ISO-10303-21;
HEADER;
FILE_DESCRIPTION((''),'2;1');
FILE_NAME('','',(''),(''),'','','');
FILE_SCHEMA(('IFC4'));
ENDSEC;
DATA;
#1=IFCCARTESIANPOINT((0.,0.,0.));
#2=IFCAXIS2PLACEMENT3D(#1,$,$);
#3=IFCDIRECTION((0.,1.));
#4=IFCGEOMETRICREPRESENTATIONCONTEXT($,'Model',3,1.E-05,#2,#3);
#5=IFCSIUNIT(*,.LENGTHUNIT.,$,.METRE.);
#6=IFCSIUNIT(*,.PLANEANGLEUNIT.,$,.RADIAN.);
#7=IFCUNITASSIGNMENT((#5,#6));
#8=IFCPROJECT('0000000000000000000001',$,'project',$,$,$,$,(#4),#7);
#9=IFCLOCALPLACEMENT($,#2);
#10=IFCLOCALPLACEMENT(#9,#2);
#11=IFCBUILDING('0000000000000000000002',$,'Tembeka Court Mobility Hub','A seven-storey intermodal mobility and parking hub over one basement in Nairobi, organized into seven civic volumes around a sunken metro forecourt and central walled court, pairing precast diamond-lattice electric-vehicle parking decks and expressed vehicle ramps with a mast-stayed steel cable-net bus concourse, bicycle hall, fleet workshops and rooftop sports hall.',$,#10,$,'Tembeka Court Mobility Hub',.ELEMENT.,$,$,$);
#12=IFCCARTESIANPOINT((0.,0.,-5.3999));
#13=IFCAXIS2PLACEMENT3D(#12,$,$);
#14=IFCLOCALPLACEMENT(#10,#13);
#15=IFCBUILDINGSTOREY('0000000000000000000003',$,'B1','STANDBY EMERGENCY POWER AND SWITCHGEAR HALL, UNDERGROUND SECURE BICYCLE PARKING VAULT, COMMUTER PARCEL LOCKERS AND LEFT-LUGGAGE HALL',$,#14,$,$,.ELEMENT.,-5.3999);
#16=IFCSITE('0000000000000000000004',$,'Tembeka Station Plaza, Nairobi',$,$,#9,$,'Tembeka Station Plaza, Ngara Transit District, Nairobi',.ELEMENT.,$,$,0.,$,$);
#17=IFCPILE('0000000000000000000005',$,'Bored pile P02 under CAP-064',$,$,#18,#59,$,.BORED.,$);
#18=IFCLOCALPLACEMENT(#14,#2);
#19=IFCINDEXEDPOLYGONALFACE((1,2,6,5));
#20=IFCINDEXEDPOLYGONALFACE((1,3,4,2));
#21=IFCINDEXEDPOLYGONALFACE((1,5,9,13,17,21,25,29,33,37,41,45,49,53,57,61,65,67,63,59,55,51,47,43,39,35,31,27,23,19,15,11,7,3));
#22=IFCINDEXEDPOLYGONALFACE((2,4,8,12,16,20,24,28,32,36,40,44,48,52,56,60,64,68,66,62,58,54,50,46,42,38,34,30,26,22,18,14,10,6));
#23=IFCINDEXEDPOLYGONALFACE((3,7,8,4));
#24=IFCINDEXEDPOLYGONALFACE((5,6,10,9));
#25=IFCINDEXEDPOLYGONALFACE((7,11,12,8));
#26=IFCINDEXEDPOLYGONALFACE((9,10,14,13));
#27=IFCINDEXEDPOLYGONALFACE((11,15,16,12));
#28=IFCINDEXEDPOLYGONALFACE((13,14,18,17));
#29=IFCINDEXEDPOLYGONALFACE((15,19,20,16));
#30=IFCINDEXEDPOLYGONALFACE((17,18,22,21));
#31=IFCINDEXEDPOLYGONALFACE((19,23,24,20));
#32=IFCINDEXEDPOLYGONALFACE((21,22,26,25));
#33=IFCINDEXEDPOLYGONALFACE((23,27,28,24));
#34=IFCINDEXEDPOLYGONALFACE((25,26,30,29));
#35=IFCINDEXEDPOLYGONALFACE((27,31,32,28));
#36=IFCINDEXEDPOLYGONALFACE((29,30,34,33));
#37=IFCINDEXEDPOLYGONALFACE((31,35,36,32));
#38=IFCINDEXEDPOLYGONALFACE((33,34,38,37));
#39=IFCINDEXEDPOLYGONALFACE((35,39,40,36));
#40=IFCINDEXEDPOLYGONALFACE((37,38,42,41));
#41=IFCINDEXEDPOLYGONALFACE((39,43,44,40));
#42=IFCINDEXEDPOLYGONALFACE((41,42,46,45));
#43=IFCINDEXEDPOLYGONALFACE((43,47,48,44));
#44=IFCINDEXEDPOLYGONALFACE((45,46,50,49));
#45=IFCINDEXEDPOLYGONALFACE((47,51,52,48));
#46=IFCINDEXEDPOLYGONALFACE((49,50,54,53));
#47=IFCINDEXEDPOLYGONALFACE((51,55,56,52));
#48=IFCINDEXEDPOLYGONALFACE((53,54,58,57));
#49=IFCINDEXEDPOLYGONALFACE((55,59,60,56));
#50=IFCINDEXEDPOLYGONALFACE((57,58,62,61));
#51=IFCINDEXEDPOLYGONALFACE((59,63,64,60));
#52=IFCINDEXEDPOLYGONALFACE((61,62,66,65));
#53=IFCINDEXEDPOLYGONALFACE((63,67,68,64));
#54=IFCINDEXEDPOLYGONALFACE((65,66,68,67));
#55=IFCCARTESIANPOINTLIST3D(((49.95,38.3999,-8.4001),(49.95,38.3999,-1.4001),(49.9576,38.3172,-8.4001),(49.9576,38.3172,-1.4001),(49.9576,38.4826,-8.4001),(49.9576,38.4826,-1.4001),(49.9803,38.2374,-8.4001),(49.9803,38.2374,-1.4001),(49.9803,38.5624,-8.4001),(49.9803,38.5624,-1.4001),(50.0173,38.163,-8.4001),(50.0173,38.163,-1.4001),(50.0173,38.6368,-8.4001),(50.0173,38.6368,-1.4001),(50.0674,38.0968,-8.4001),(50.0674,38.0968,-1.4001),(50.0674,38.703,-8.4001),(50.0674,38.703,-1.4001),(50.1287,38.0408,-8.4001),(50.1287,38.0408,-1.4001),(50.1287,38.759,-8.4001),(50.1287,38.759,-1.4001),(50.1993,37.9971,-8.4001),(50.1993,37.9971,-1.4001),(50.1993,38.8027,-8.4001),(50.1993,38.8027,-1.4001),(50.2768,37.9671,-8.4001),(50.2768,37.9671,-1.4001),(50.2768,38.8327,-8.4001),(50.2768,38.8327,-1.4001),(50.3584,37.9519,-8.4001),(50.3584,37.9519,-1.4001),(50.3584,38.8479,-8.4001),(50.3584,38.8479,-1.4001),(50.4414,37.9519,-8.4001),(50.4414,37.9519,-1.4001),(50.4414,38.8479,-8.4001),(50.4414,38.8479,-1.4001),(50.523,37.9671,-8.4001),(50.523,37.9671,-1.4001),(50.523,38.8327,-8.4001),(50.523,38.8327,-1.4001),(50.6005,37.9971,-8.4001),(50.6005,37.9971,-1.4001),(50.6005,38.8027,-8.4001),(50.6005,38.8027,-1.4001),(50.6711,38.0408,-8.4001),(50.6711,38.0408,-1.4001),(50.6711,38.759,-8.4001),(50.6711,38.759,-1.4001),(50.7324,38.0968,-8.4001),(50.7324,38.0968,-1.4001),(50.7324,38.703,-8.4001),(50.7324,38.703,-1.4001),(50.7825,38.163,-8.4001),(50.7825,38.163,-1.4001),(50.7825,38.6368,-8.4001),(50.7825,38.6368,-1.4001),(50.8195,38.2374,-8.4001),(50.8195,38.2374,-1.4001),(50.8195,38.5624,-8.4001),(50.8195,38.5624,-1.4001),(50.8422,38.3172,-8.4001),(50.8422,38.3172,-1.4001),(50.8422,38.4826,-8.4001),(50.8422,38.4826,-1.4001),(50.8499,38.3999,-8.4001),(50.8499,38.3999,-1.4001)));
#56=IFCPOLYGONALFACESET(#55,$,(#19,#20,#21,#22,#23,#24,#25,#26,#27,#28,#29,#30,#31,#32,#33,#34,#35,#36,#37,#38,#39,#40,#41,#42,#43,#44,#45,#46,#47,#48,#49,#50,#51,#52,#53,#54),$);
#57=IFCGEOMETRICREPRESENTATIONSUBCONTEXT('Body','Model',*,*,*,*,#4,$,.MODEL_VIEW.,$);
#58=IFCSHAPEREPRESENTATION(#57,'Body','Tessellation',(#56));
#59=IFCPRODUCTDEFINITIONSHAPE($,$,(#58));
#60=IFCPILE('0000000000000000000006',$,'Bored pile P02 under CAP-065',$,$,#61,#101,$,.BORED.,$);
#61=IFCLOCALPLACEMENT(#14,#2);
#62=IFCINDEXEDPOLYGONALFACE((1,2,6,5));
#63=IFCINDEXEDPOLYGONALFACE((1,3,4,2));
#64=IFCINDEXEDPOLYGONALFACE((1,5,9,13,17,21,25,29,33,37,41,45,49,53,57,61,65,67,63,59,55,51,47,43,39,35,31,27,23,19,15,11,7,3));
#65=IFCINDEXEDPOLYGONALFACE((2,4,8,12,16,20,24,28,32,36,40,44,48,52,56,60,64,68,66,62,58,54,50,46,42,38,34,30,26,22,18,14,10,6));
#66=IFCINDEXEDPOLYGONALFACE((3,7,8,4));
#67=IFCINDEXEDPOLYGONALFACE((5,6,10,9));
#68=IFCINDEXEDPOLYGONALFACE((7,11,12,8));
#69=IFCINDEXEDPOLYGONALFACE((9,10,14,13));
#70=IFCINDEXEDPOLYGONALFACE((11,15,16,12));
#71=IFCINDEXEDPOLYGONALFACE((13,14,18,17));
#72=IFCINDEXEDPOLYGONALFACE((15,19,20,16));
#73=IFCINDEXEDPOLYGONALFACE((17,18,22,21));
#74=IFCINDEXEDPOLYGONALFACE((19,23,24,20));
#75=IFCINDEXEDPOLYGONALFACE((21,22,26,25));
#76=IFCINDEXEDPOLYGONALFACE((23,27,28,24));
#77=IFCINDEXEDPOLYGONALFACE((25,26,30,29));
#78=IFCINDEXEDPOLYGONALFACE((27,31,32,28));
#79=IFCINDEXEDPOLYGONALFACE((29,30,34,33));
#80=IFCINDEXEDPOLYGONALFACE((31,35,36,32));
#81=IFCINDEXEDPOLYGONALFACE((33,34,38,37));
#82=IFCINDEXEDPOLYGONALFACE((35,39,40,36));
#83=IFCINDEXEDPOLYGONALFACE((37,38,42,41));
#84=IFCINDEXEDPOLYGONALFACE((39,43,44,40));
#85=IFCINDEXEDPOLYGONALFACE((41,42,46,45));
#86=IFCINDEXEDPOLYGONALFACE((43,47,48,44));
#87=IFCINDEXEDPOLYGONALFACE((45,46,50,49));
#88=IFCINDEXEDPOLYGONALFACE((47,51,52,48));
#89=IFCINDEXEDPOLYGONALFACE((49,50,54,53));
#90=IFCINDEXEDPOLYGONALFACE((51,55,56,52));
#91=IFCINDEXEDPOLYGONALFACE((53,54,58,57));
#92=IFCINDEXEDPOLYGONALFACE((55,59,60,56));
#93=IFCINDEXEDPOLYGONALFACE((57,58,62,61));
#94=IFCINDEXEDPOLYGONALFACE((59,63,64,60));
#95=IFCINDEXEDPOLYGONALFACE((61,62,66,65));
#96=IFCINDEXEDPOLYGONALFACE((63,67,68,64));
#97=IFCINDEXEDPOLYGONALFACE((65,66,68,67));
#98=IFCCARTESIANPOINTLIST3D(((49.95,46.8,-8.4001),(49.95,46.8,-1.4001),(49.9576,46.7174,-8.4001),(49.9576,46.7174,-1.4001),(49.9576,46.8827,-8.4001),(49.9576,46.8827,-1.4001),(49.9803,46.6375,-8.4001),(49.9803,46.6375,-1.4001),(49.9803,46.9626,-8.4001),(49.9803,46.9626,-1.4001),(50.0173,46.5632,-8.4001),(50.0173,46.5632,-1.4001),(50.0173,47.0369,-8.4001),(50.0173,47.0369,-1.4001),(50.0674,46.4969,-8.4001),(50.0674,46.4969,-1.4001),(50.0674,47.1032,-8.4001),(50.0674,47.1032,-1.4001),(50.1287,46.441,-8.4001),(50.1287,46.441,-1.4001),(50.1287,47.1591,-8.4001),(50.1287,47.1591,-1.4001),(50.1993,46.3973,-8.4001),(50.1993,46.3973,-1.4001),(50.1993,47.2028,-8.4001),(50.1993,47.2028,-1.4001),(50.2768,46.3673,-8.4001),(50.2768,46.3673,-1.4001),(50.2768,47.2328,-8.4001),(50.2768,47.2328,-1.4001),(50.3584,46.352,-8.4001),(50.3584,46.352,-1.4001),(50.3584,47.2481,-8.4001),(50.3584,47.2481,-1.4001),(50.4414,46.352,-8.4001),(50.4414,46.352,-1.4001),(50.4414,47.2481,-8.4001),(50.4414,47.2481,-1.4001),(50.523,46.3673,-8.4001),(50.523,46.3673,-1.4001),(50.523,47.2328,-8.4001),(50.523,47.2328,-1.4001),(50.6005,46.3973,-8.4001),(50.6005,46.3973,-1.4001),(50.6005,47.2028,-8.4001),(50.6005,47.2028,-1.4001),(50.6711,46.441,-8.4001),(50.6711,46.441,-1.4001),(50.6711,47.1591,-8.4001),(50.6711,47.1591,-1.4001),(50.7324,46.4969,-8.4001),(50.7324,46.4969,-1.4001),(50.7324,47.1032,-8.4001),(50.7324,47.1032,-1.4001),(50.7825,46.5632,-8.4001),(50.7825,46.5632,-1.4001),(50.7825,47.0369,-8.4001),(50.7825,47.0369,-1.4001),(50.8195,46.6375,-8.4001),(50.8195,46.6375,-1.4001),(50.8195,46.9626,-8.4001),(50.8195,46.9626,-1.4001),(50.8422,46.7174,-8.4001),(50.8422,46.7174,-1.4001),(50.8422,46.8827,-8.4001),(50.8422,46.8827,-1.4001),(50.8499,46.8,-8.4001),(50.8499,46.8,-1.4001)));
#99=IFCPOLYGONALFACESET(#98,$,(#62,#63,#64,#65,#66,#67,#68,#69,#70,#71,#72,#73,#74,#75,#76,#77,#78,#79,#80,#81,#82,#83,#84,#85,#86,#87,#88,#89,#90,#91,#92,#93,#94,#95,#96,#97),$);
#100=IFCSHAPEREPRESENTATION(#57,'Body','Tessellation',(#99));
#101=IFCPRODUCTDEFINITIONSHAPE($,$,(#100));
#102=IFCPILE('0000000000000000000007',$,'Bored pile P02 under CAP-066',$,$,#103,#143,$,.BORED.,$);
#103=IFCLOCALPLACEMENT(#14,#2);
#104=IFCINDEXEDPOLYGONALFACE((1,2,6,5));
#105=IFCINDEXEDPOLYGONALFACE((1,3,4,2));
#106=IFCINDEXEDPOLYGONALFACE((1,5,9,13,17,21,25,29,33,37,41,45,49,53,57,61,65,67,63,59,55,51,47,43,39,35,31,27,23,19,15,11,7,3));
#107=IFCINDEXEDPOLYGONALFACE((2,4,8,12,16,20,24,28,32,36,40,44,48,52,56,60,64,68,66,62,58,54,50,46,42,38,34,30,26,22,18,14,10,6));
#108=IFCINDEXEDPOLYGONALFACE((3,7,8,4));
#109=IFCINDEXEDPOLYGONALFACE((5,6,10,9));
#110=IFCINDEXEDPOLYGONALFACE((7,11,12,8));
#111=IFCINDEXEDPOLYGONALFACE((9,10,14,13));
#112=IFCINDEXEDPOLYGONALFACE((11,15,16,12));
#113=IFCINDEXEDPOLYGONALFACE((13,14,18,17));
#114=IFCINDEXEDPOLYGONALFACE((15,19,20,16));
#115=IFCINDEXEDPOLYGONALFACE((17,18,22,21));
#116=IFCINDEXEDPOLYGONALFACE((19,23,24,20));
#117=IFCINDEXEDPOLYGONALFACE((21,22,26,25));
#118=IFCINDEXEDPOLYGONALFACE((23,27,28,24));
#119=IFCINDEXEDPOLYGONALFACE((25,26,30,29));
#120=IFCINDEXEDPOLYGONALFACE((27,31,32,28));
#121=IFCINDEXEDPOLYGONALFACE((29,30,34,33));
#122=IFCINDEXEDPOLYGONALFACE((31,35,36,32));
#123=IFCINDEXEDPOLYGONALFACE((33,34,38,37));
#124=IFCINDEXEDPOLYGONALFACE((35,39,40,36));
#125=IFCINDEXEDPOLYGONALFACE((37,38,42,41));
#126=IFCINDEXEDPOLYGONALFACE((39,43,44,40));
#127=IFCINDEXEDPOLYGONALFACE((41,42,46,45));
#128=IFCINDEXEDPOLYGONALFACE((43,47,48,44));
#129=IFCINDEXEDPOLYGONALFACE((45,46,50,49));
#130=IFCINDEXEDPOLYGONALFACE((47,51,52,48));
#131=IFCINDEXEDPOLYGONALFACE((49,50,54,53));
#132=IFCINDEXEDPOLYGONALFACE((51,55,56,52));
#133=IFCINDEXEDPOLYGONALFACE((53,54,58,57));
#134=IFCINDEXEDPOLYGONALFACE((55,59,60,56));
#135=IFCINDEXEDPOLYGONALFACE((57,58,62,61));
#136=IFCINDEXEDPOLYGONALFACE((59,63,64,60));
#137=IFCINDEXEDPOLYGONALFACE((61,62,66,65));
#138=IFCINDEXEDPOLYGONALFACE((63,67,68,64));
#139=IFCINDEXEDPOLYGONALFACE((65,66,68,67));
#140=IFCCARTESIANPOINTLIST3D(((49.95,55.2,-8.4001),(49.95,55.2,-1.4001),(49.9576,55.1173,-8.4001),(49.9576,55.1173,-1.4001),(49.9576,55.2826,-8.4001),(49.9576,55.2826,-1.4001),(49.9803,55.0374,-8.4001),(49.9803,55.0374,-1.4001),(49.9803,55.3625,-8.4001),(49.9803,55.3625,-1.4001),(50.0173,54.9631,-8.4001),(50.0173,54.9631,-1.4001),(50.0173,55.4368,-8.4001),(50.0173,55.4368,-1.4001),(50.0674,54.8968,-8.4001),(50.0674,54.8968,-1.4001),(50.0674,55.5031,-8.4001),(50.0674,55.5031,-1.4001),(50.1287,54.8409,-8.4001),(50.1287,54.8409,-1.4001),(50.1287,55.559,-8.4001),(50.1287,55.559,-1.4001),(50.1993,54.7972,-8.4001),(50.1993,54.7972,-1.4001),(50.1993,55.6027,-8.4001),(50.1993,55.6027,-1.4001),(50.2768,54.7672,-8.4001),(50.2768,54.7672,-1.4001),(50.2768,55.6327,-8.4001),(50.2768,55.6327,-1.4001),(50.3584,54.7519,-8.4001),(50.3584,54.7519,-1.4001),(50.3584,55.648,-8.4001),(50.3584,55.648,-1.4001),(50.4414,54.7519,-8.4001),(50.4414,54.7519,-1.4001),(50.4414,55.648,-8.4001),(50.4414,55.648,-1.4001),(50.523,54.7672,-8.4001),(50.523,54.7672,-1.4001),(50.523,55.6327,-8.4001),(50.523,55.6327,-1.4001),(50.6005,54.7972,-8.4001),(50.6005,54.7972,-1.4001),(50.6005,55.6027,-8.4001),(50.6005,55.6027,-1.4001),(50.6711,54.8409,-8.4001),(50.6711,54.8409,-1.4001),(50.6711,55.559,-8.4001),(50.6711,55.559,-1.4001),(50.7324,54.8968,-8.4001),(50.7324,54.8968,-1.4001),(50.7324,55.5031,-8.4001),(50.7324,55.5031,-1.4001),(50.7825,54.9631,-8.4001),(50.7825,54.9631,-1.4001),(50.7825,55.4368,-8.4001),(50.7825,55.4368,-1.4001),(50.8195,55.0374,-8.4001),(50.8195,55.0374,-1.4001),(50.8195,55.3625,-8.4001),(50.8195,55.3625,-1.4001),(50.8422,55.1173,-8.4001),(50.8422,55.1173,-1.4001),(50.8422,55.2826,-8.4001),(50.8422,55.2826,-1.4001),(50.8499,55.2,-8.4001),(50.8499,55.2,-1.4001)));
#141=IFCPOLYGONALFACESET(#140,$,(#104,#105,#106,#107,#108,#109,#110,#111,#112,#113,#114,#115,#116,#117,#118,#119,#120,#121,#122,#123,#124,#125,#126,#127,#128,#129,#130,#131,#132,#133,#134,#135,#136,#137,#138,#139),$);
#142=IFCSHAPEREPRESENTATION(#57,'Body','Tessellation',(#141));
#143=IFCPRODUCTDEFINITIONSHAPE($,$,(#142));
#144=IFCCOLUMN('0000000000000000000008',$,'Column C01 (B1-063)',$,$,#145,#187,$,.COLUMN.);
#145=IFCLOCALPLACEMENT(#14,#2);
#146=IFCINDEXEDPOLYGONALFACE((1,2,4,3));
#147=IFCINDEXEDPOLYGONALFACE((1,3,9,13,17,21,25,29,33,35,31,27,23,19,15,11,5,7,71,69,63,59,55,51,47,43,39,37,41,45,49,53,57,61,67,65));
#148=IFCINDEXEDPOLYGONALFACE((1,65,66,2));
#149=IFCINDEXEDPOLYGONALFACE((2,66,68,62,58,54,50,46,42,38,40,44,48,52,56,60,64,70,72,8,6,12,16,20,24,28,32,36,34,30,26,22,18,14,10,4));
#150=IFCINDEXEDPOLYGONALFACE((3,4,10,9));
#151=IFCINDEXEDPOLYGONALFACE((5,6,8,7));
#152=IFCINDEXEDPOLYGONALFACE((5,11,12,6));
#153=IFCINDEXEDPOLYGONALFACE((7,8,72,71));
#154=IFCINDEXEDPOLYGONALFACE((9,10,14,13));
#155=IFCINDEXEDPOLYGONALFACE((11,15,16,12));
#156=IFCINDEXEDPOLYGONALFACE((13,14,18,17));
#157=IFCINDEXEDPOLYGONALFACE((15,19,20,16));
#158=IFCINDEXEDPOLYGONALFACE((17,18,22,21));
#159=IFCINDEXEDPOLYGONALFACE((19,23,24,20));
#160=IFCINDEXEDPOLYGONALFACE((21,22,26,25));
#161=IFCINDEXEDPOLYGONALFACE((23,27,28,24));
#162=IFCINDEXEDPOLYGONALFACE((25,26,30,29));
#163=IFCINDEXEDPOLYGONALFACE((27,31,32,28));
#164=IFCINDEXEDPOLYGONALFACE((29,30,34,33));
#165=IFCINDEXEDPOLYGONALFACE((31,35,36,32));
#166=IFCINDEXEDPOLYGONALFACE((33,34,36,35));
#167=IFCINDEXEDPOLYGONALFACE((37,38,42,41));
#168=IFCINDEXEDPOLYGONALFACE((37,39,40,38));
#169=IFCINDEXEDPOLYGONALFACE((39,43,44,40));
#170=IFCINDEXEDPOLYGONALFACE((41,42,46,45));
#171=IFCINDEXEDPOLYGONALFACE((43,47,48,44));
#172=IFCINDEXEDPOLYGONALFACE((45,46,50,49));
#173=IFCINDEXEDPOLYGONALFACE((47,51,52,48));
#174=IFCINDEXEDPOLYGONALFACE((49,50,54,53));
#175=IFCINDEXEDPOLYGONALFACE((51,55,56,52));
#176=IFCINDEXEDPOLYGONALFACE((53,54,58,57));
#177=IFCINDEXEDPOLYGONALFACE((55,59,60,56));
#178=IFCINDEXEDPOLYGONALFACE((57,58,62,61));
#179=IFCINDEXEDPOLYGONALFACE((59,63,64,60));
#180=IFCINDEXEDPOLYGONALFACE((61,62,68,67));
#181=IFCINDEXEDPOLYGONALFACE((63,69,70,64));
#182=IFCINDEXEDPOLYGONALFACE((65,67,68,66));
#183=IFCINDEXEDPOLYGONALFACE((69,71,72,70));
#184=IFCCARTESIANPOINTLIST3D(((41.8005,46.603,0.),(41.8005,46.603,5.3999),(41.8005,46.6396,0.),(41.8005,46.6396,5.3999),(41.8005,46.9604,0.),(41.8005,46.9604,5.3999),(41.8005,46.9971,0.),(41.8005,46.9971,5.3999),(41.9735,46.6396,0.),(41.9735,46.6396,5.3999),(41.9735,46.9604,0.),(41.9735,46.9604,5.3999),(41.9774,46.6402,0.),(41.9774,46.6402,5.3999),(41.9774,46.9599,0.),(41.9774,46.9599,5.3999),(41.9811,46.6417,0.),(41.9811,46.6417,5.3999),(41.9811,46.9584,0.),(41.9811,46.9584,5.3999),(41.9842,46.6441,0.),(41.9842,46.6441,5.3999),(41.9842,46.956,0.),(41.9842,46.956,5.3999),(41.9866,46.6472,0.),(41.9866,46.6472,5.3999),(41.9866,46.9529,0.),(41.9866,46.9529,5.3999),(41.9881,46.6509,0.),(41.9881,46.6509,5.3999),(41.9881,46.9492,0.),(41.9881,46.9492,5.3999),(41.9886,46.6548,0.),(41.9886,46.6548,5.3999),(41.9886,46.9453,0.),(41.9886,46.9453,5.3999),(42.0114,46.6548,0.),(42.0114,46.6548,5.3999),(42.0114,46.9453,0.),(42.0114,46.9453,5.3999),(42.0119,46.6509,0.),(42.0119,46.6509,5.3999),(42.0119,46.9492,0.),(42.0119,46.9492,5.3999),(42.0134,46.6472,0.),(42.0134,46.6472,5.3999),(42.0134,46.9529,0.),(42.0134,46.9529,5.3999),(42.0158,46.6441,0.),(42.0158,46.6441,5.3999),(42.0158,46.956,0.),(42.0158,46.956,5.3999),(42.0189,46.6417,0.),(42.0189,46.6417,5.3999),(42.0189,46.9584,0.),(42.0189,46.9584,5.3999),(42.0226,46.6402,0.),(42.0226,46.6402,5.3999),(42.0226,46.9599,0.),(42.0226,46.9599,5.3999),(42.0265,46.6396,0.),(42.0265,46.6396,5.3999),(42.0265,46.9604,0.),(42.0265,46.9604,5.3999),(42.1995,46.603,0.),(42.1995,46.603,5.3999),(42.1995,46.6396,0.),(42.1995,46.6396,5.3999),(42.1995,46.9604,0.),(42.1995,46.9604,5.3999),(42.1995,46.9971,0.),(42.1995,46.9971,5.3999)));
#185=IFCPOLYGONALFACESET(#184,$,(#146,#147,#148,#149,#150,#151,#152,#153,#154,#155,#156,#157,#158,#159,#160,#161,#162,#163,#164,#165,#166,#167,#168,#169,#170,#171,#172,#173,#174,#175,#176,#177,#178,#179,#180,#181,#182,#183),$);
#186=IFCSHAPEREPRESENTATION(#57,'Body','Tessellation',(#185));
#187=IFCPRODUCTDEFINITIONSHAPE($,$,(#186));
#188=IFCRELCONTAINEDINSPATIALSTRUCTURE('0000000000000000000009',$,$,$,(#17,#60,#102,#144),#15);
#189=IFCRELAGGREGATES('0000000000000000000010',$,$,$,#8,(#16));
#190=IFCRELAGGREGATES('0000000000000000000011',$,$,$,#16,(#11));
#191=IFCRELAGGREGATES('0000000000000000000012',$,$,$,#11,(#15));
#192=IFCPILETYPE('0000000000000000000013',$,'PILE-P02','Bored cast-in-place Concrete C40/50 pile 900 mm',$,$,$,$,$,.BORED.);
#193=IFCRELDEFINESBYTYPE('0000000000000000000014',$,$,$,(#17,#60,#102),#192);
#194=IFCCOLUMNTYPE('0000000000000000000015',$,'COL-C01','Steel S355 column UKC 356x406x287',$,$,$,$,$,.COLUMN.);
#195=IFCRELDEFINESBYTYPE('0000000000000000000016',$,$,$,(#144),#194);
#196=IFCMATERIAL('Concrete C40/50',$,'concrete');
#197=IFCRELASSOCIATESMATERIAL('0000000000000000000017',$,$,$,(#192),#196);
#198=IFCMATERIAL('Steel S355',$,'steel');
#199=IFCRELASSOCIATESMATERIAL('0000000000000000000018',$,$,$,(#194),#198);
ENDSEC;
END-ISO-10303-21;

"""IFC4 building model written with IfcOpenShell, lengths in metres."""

from ifc_helpers import new_model, si_unit, direction, frame, origin, origin_2d, place, context, subcontext, project, spatial, circle, i_section, extrude, material, material_profile, profile_set, type_object, element, save


model = new_model("IFC4")

# Units and contexts
model_context = context("Model", 3, precision=1e-05, world=origin(), true_north=direction((0.0, 1.0)))
body_context = subcontext(model_context, "Body", "Model", "MODEL_VIEW")
ifc_project = project(units=[si_unit("LENGTHUNIT", "METRE"), si_unit("PLANEANGLEUNIT", "RADIAN")], contexts=[model_context])

# Site, building, storey
site_placement = place(None, origin())
site = spatial("IfcSite", under=ifc_project, at=site_placement, Name="Tembeka Station Plaza, Nairobi", LongName="Tembeka Station Plaza, Ngara Transit District, Nairobi", CompositionType="ELEMENT", RefElevation=0.0)
building_placement = place(site_placement, origin())
building = spatial("IfcBuilding", under=site, at=building_placement, Name="Tembeka Court Mobility Hub", Description="A seven-storey intermodal mobility and parking hub over one basement in Nairobi, organized into seven civic volumes around a sunken metro forecourt and central walled court, pairing precast diamond-lattice electric-vehicle parking decks and expressed vehicle ramps with a mast-stayed steel cable-net bus concourse, bicycle hall, fleet workshops and rooftop sports hall.", LongName="Tembeka Court Mobility Hub", CompositionType="ELEMENT")
storey_placement = place(building_placement, frame((0.0, 0.0, -5.3999)))
storey = spatial("IfcBuildingStorey", under=building, at=storey_placement, Name="B1", Description="STANDBY EMERGENCY POWER AND SWITCHGEAR HALL, UNDERGROUND SECURE BICYCLE PARKING VAULT, COMMUTER PARCEL LOCKERS AND LEFT-LUGGAGE HALL", CompositionType="ELEMENT", Elevation=-5.3999)

# Shared definitions
ifc_material_1 = material(Name="Concrete C40/50", Category="concrete")

# Piles
ifc_material_profile_1 = material_profile(ifc_material_1, circle(Radius=0.45, at=origin_2d()), Name="PILE D900")
ifc_profile_set_1 = profile_set([ifc_material_profile_1], Name="Concrete C40/50")
pile_type = type_object("IfcPileType", Name="PILE-P02", Description="Bored cast-in-place Concrete C40/50 pile 900 mm", PredefinedType="BORED", material=ifc_profile_set_1)
for number, where, z_axis, x_axis, name in (
    (1, (50.3999, 38.3999, -1.4001), (0.0, 0.0, -1.0), (1.0, 0.0, 0.0), "Bored pile P02 under CAP-064"),
    (2, (50.3999, 46.8, -1.4001), (0.0, 0.0, -1.0), (1.0, 0.0, 0.0), "Bored pile P02 under CAP-065"),
    (3, (50.3999, 55.2, -1.4001), (0.0, 0.0, -1.0), (1.0, 0.0, 0.0), "Bored pile P02 under CAP-066"),
):
    element("IfcPile", number, at=place(storey_placement, frame(where, z_axis=z_axis, x_axis=x_axis)), inside=storey, type_object=pile_type, Name=name, PredefinedType="BORED", context=body_context, shape_type="SweptSolid", body=[
        extrude(circle(Radius=0.45, at=origin_2d()), origin(), (0.0, 0.0, 1.0), 7.0),
    ])

# Column
ifc_material_2 = material(Name="Steel S355", Category="steel")
ifc_material_profile_2 = material_profile(ifc_material_2, i_section(OverallWidth=0.3989, OverallDepth=0.394, WebThickness=0.0227, FlangeThickness=0.0366, FilletRadius=0.0151, at=origin_2d()), Name="UKC 356x406x287")
ifc_profile_set_2 = profile_set([ifc_material_profile_2], Name="Steel S355")
column_type = type_object("IfcColumnType", Name="COL-C01", Description="Steel S355 column UKC 356x406x287", PredefinedType="COLUMN", material=ifc_profile_set_2)
for number, where, z_axis, x_axis, name in (
    (4, (42.0, 46.8, 0.0), (0.0, 0.0, 1.0), (1.0, 0.0, 0.0), "Column C01 (B1-063)"),
):
    element("IfcColumn", number, at=place(storey_placement, frame(where, z_axis=z_axis, x_axis=x_axis)), inside=storey, type_object=column_type, Name=name, PredefinedType="COLUMN", context=body_context, shape_type="SweptSolid", body=[
        extrude(i_section(OverallWidth=0.3989, OverallDepth=0.394, WebThickness=0.0227, FlangeThickness=0.0366, FilletRadius=0.0151, at=origin_2d()), origin(), (0.0, 0.0, 1.0), 5.3999),
    ])

save(model, "model.ifc")
